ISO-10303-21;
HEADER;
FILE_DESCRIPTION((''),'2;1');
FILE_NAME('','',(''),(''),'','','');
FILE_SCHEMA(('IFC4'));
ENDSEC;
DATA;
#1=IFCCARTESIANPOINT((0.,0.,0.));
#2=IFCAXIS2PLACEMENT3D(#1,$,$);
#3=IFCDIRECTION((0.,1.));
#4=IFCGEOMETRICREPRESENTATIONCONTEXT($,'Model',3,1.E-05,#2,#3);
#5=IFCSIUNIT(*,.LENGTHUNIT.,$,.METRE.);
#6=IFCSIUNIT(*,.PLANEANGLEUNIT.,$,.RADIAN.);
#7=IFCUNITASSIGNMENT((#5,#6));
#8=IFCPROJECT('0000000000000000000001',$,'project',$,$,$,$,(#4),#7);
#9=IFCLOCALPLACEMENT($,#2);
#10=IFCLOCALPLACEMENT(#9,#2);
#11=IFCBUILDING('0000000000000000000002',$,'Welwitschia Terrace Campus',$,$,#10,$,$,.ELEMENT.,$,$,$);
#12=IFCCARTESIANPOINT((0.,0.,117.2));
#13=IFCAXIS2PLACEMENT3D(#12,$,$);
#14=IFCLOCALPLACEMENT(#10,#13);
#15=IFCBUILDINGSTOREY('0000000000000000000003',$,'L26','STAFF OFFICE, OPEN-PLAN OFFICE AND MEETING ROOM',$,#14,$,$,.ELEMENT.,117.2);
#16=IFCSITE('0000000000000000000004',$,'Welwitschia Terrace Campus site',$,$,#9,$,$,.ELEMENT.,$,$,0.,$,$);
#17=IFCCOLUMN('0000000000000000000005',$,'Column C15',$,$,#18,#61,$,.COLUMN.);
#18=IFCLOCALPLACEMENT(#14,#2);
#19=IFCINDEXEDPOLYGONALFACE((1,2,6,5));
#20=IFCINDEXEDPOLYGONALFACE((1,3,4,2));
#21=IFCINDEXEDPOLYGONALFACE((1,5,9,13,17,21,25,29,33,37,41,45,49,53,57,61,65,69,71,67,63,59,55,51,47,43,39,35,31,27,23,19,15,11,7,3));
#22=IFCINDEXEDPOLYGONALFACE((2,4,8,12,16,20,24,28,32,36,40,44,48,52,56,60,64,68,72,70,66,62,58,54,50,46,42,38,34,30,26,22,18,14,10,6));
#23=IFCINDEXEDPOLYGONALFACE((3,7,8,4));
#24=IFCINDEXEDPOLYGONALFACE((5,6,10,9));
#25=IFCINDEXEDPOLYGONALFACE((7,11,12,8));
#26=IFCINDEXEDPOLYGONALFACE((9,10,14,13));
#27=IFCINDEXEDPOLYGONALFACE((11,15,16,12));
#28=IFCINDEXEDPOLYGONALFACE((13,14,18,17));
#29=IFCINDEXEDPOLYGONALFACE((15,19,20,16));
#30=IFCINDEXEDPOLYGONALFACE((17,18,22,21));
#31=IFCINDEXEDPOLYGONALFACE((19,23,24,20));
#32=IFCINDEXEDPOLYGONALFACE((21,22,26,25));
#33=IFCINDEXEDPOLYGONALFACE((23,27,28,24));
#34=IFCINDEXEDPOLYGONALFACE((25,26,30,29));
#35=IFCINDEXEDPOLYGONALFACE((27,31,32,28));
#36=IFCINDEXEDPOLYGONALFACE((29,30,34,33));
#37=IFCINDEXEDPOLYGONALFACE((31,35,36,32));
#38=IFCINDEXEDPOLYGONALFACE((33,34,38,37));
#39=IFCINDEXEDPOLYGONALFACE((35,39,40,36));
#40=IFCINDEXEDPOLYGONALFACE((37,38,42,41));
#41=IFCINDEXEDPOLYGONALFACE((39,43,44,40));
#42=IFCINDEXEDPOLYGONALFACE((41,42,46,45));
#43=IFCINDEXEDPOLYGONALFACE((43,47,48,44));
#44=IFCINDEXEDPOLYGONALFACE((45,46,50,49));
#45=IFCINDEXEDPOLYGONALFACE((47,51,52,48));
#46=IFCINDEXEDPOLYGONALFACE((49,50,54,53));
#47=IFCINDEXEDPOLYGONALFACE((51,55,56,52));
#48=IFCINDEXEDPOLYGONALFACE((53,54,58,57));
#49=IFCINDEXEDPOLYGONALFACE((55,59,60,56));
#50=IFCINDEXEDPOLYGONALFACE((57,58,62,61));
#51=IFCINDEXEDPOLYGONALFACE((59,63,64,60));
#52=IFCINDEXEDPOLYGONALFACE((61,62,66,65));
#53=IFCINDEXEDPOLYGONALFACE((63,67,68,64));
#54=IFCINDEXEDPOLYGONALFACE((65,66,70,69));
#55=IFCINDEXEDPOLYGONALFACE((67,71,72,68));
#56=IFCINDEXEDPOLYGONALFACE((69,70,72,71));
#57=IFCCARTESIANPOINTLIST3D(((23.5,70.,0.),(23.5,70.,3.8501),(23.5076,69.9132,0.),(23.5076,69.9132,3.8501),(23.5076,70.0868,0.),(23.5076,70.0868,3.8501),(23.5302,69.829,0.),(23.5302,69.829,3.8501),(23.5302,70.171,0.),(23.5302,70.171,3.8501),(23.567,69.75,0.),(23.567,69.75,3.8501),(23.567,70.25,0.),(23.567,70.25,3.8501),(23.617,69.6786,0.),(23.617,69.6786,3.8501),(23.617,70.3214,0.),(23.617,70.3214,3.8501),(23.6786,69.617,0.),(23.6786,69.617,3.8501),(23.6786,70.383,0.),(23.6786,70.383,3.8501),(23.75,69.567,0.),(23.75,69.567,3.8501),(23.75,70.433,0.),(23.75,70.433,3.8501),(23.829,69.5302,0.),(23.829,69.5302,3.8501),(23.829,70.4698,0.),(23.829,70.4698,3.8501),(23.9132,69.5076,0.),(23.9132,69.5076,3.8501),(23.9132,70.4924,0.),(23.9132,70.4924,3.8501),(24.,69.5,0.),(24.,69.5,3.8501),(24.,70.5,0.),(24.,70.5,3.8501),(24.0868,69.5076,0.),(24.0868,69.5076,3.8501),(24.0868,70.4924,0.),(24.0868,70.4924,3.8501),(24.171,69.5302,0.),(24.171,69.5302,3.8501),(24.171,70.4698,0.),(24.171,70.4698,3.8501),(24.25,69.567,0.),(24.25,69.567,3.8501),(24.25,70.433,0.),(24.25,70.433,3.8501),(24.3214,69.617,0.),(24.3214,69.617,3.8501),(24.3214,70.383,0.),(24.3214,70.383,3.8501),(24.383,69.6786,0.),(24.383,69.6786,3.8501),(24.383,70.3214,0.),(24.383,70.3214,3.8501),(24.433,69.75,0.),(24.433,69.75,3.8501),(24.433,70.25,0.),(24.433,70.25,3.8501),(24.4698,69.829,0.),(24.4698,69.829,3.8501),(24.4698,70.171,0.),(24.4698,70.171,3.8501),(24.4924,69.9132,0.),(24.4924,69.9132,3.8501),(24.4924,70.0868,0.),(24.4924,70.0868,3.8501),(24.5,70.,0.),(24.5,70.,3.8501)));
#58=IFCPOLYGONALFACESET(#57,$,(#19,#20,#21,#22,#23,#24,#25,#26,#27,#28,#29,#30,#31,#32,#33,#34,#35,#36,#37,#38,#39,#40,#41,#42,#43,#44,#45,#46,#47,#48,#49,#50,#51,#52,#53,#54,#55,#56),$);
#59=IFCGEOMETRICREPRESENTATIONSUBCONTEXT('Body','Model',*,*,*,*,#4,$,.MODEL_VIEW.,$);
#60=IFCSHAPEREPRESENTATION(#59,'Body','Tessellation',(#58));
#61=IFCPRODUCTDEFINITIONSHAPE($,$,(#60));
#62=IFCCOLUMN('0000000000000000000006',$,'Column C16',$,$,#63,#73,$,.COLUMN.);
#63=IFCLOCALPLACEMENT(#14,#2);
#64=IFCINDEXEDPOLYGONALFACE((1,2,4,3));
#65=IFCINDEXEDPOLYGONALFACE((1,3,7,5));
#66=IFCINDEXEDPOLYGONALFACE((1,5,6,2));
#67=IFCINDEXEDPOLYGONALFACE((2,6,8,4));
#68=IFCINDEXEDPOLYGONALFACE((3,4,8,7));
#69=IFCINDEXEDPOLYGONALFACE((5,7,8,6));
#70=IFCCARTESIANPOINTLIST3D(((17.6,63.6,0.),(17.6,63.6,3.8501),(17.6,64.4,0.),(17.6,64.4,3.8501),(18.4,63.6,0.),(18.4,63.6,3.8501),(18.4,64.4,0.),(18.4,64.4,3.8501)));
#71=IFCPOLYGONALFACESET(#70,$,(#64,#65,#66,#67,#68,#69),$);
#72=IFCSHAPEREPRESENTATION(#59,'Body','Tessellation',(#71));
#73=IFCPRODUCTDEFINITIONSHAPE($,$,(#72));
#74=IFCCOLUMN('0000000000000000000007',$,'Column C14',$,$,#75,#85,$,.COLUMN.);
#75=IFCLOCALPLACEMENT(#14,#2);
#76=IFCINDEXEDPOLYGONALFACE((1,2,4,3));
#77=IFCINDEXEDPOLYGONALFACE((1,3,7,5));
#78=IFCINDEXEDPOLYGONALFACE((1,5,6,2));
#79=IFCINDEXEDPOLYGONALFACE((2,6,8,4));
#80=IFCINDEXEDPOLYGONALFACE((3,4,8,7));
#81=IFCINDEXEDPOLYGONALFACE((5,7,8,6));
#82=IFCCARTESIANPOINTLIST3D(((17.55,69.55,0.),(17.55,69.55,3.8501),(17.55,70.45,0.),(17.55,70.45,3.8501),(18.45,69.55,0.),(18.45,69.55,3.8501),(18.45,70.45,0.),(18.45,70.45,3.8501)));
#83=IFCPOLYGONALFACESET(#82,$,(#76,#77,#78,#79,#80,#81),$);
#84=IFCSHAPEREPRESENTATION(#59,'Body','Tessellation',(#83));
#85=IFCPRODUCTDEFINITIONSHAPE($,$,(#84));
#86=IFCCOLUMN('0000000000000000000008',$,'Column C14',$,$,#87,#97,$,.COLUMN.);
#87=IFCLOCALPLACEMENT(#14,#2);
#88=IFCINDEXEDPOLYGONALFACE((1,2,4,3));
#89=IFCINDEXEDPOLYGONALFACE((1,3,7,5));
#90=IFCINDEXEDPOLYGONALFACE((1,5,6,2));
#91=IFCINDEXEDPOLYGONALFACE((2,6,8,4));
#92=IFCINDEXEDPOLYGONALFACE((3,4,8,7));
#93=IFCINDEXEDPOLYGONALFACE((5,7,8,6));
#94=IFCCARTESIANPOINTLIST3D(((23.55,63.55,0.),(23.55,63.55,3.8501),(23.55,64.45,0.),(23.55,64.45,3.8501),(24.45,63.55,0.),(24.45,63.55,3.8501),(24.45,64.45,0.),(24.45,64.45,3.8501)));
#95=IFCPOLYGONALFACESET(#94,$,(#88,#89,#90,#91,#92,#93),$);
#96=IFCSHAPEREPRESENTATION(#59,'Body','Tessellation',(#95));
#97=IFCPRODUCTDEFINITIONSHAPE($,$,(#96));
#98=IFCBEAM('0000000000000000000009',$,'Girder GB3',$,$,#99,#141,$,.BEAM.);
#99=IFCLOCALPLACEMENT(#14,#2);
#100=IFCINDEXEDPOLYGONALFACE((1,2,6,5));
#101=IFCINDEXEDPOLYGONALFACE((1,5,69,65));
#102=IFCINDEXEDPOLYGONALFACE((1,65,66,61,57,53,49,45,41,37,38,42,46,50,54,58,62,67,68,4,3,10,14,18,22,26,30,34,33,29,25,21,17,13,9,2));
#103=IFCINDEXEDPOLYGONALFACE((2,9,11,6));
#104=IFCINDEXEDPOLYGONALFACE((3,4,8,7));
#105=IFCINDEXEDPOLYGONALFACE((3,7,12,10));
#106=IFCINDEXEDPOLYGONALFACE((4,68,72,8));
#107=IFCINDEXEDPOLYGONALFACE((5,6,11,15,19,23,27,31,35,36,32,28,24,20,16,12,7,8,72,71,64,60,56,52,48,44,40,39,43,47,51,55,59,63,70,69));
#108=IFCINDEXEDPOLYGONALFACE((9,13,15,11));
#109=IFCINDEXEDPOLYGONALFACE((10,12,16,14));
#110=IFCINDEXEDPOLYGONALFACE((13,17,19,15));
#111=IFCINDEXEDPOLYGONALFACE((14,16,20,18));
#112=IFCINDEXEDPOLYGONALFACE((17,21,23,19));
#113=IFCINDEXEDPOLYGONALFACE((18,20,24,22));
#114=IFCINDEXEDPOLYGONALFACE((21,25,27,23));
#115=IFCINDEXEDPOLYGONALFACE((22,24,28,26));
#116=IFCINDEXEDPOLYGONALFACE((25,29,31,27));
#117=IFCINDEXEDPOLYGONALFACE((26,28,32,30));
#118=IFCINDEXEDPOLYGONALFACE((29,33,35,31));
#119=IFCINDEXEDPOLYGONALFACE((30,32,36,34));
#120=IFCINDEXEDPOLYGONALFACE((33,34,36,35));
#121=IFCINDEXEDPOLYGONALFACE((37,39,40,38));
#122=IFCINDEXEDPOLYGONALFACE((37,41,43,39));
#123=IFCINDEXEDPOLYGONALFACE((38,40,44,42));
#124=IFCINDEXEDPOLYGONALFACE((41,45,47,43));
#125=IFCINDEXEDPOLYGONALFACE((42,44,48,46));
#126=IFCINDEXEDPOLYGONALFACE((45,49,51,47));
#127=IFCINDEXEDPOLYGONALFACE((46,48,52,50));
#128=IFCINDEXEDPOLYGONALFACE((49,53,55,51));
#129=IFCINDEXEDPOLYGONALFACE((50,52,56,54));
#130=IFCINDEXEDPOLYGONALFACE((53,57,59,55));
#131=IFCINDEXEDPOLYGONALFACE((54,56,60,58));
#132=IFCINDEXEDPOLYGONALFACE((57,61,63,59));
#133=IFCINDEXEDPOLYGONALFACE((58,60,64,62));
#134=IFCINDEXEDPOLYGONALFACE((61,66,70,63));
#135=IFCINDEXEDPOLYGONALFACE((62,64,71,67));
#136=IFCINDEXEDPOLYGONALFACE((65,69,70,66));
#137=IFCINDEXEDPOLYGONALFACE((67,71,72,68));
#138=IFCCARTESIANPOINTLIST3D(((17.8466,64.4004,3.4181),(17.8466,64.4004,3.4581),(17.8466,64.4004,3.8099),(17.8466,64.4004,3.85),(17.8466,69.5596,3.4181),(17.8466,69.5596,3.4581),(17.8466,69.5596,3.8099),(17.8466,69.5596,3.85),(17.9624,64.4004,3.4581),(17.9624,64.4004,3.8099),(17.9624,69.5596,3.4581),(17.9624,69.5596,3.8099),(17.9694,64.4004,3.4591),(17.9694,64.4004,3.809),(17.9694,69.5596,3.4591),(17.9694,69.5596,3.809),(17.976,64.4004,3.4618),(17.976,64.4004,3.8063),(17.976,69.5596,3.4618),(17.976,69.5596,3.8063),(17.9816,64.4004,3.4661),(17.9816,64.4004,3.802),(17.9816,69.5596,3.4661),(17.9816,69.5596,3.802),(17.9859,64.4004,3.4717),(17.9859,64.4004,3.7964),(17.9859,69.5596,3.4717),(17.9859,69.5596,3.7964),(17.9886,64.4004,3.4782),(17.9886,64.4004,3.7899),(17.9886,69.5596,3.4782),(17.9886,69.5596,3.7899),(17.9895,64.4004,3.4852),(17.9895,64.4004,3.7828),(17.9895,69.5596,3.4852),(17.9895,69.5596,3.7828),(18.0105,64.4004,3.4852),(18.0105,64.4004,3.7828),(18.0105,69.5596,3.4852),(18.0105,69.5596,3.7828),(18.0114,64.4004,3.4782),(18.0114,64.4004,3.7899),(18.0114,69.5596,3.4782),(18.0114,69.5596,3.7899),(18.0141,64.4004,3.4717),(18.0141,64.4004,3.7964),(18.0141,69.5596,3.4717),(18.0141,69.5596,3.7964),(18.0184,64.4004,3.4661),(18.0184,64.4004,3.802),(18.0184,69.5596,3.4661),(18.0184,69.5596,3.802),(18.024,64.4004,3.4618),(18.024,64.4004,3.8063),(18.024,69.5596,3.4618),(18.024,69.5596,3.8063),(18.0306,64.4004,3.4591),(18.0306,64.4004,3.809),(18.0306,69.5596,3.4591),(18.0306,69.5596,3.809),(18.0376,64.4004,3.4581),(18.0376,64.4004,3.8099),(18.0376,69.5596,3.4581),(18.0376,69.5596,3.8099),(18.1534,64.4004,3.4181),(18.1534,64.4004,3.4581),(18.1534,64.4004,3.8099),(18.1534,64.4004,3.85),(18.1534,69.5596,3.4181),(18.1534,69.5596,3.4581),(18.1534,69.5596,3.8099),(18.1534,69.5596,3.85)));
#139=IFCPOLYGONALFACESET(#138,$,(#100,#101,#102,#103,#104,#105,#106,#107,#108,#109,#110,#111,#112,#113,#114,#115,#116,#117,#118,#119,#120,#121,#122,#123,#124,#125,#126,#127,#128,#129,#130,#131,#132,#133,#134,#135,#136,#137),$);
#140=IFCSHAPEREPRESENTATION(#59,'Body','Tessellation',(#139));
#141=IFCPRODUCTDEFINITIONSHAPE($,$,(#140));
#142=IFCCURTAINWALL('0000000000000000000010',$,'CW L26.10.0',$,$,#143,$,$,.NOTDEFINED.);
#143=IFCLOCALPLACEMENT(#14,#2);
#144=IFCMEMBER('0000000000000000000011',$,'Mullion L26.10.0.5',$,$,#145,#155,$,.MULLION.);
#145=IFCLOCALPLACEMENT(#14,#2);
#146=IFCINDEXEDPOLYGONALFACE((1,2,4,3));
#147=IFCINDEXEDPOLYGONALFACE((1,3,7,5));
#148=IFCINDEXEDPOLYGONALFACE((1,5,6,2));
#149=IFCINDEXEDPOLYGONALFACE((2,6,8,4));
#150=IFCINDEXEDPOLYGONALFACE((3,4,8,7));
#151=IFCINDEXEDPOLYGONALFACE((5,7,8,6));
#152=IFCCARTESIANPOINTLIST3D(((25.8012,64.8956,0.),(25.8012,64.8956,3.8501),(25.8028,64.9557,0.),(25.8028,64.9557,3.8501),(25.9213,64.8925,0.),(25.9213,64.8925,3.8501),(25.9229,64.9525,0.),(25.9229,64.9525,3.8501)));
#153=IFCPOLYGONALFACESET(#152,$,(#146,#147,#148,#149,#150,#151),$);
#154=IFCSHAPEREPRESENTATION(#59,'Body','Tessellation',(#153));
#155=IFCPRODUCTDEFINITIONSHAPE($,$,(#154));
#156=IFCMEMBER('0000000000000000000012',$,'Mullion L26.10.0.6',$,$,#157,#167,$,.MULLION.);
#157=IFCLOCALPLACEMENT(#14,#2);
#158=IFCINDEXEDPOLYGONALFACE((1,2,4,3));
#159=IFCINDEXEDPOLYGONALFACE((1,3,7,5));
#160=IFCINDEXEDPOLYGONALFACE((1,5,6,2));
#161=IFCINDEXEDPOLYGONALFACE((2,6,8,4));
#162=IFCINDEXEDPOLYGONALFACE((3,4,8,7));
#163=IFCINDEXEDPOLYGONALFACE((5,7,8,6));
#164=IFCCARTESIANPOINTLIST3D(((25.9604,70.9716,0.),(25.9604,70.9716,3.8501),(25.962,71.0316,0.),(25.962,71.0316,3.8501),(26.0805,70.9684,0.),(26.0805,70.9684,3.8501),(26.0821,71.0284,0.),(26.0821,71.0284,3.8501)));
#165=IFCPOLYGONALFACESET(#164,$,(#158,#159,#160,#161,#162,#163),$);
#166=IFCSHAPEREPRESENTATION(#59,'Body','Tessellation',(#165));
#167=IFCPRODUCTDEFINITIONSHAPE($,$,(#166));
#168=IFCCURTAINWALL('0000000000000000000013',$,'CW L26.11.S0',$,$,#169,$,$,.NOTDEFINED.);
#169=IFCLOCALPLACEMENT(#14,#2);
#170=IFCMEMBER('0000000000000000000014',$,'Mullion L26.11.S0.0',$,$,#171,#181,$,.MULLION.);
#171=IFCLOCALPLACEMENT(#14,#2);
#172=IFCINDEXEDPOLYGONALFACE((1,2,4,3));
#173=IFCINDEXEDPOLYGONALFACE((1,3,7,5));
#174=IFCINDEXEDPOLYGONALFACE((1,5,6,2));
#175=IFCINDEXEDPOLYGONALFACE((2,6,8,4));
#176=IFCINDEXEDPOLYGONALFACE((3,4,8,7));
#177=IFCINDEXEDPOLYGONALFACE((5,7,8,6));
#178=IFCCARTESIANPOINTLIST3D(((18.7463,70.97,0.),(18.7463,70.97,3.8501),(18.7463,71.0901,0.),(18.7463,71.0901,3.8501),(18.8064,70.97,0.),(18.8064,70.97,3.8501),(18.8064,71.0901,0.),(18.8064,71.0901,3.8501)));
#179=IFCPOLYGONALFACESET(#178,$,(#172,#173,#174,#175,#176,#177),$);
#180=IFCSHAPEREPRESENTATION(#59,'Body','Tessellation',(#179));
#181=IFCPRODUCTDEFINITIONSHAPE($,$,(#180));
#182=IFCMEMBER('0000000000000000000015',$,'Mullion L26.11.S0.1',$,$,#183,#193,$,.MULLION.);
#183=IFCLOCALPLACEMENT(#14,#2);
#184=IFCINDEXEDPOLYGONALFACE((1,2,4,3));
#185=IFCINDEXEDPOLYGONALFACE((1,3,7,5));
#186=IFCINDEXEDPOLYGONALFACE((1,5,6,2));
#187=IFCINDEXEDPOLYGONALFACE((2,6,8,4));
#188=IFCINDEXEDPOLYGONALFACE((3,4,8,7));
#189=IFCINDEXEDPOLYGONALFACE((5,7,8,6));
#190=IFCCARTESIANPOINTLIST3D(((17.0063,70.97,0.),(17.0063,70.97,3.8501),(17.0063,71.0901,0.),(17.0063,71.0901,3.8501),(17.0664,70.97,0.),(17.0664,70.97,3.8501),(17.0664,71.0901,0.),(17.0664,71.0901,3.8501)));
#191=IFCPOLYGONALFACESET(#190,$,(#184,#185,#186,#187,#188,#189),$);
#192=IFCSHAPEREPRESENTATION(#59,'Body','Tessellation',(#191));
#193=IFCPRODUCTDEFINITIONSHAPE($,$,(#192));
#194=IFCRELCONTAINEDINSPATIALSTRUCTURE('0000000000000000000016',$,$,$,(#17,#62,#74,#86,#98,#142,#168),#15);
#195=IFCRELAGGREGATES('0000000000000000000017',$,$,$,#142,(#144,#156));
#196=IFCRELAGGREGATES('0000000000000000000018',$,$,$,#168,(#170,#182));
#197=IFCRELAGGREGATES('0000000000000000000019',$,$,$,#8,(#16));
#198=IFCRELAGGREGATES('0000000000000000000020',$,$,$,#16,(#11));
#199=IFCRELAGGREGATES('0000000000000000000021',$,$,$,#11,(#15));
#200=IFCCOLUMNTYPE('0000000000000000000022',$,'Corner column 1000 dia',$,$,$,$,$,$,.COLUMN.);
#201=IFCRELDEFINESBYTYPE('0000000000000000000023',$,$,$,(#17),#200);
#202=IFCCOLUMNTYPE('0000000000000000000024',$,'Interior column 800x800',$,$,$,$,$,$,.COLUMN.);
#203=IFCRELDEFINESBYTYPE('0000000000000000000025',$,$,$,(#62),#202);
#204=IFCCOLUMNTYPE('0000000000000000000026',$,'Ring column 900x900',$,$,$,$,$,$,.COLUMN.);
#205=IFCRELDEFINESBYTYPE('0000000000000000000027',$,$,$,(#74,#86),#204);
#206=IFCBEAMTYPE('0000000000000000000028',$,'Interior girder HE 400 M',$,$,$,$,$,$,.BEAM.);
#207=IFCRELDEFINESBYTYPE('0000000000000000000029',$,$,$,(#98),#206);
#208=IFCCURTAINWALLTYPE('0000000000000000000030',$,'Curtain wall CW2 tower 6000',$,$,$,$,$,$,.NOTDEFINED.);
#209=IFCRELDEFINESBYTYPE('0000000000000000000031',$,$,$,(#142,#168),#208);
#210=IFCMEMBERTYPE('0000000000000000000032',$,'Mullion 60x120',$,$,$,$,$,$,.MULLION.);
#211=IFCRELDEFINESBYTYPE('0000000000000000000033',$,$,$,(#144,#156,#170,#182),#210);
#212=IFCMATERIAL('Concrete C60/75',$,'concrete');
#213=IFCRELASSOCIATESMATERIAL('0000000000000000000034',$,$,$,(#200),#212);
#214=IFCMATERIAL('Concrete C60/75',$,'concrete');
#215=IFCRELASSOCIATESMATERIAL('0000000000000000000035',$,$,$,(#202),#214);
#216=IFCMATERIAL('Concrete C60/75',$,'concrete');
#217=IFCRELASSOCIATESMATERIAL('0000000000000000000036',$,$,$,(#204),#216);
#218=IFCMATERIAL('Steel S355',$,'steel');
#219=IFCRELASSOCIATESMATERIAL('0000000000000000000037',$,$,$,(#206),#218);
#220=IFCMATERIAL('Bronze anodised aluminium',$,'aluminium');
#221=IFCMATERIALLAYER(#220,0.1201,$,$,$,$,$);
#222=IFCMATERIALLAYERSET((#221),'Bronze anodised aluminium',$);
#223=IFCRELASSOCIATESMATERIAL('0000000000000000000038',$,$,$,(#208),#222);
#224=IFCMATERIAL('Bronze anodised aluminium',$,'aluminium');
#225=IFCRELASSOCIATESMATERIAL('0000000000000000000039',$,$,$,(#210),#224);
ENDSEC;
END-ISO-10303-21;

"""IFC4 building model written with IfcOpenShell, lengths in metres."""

from ifc_helpers import new_model, si_unit, direction, frame, origin, origin_2d, place, context, subcontext, project, spatial, rectangle, circle, i_section, extrude, material, layer, layer_set, material_profile, profile_set, type_object, element, aggregate, save


model = new_model("IFC4")

# Units and contexts
model_context = context("Model", 3, precision=1e-05, world=origin(), true_north=direction((0.0, 1.0)))
body_context = subcontext(model_context, "Body", "Model", "MODEL_VIEW")
ifc_project = project(units=[si_unit("LENGTHUNIT", "METRE"), si_unit("PLANEANGLEUNIT", "RADIAN")], contexts=[model_context])

# Site, building, storey
site_placement = place(None, origin())
site = spatial("IfcSite", under=ifc_project, at=site_placement, Name="Welwitschia Terrace Campus site", CompositionType="ELEMENT", RefElevation=0.0)
building_placement = place(site_placement, origin())
building = spatial("IfcBuilding", under=site, at=building_placement, Name="Welwitschia Terrace Campus", CompositionType="ELEMENT")
storey_placement = place(building_placement, frame((0.0, 0.0, 117.2)))
storey = spatial("IfcBuildingStorey", under=building, at=storey_placement, Name="L26", Description="STAFF OFFICE, OPEN-PLAN OFFICE AND MEETING ROOM", CompositionType="ELEMENT", Elevation=117.2)

# Columns
ifc_material_1 = material(Name="Concrete C60/75", Category="concrete")
ifc_material_profile_1 = material_profile(ifc_material_1, circle(Radius=0.5, at=origin_2d()))
ifc_profile_set_1 = profile_set([ifc_material_profile_1], Name="Concrete C60/75")
column_type_1 = type_object("IfcColumnType", Name="Corner column 1000 dia", PredefinedType="COLUMN", material=ifc_profile_set_1)
column_1_placement = place(storey_placement, frame((24.0, 70.0, 0.0), z_axis=(0.0, 0.0, 1.0), x_axis=(1.0, 0.0, 0.0)))
element("IfcColumn", 1, at=column_1_placement, inside=storey, type_object=column_type_1, Name="Column C15", PredefinedType="COLUMN", context=body_context, shape_type="SweptSolid", body=[
    extrude(circle(Radius=0.5, at=origin_2d()), origin(), (0.0, 0.0, 1.0), 3.8501),
])
ifc_material_2 = material(Name="Concrete C60/75", Category="concrete")
ifc_material_profile_2 = material_profile(ifc_material_2, rectangle(XDim=0.8, YDim=0.8, at=origin_2d()))
ifc_profile_set_2 = profile_set([ifc_material_profile_2], Name="Concrete C60/75")
column_type_2 = type_object("IfcColumnType", Name="Interior column 800x800", PredefinedType="COLUMN", material=ifc_profile_set_2)
column_2_placement = place(storey_placement, frame((18.0, 64.0, 0.0), z_axis=(0.0, 0.0, 1.0), x_axis=(1.0, 0.0, 0.0)))
element("IfcColumn", 2, at=column_2_placement, inside=storey, type_object=column_type_2, Name="Column C16", PredefinedType="COLUMN", context=body_context, shape_type="SweptSolid", body=[
    extrude(rectangle(XDim=0.8, YDim=0.8, at=origin_2d()), origin(), (0.0, 0.0, 1.0), 3.8501),
])
ifc_material_3 = material(Name="Concrete C60/75", Category="concrete")
ifc_material_profile_3 = material_profile(ifc_material_3, rectangle(XDim=0.8999, YDim=0.8999, at=origin_2d()))
ifc_profile_set_3 = profile_set([ifc_material_profile_3], Name="Concrete C60/75")
column_type_3 = type_object("IfcColumnType", Name="Ring column 900x900", PredefinedType="COLUMN", material=ifc_profile_set_3)
for number, where, z_axis, x_axis, name in (
    (3, (18.0, 70.0, 0.0), (0.0, 0.0, 1.0), (1.0, 0.0, 0.0), "Column C14"),
    (4, (24.0, 64.0, 0.0), (0.0, 0.0, 1.0), (1.0, 0.0, 0.0), "Column C14"),
):
    element("IfcColumn", number, at=place(storey_placement, frame(where, z_axis=z_axis, x_axis=x_axis)), inside=storey, type_object=column_type_3, Name=name, PredefinedType="COLUMN", context=body_context, shape_type="SweptSolid", body=[
        extrude(rectangle(XDim=0.8999, YDim=0.8999, at=origin_2d()), origin(), (0.0, 0.0, 1.0), 3.8501),
    ])

# Beam
ifc_material_4 = material(Name="Steel S355", Category="steel")
ifc_material_profile_4 = material_profile(ifc_material_4, i_section(OverallWidth=0.3069, OverallDepth=0.4319, WebThickness=0.021, FlangeThickness=0.04, FilletRadius=0.0271, at=origin_2d()))
ifc_profile_set_4 = profile_set([ifc_material_profile_4], Name="Steel S355")
beam_type_1 = type_object("IfcBeamType", Name="Interior girder HE 400 M", PredefinedType="BEAM", material=ifc_profile_set_4)
beam_1_placement = place(storey_placement, frame((18.0, 64.4004, 3.634), z_axis=(0.0, 1.0, 0.0), x_axis=(-1.0, 0.0, 0.0)))
element("IfcBeam", 5, at=beam_1_placement, inside=storey, type_object=beam_type_1, Name="Girder GB3", PredefinedType="BEAM", context=body_context, shape_type="SweptSolid", body=[
    extrude(i_section(OverallWidth=0.3069, OverallDepth=0.4319, WebThickness=0.021, FlangeThickness=0.04, FilletRadius=0.0271, at=origin_2d()), origin(), (0.0, 0.0, 1.0), 5.1592),
])

# Curtain walls, members
ifc_material_5 = material(Name="Bronze anodised aluminium", Category="aluminium")
ifc_layer_1 = layer(ifc_material_5, 0.1201)
ifc_layer_set_1 = layer_set([ifc_layer_1], Name="Bronze anodised aluminium")
curtain_wall_type = type_object("IfcCurtainWallType", Name="Curtain wall CW2 tower 6000", PredefinedType="NOTDEFINED", material=ifc_layer_set_1)
curtain_wall_1_placement = place(storey_placement, origin())
curtain_wall_1 = element("IfcCurtainWall", 6, at=curtain_wall_1_placement, inside=storey, type_object=curtain_wall_type, Name="CW L26.10.0", PredefinedType="NOTDEFINED")
ifc_material_6 = material(Name="Bronze anodised aluminium", Category="aluminium")
ifc_material_profile_5 = material_profile(ifc_material_6, rectangle(XDim=0.1201, YDim=0.0601, at=origin_2d()))
ifc_profile_set_5 = profile_set([ifc_material_profile_5], Name="Bronze anodised aluminium")
member_type_1 = type_object("IfcMemberType", Name="Mullion 60x120", PredefinedType="MULLION", material=ifc_profile_set_5)
member_1_placement = place(storey_placement, frame((25.8621, 64.9241, 0.0), z_axis=(0.0, 0.0, 1.0), x_axis=(-0.999657, 0.026177, 0.0)))
member_1 = element("IfcMember", 7, at=member_1_placement, type_object=member_type_1, Name="Mullion L26.10.0.5", PredefinedType="MULLION", context=body_context, shape_type="SweptSolid", body=[
    extrude(rectangle(XDim=0.1201, YDim=0.0601, at=origin_2d()), origin(), (0.0, 0.0, 1.0), 3.8501),
])
member_2_placement = place(storey_placement, frame((26.0212, 71.0, 0.0), z_axis=(0.0, 0.0, 1.0), x_axis=(-0.999657, 0.026177, 0.0)))
member_2 = element("IfcMember", 8, at=member_2_placement, type_object=member_type_1, Name="Mullion L26.10.0.6", PredefinedType="MULLION", context=body_context, shape_type="SweptSolid", body=[
    extrude(rectangle(XDim=0.1201, YDim=0.0601, at=origin_2d()), origin(), (0.0, 0.0, 1.0), 3.8501),
])
curtain_wall_2_placement = place(storey_placement, origin())
curtain_wall_2 = element("IfcCurtainWall", 9, at=curtain_wall_2_placement, inside=storey, type_object=curtain_wall_type, Name="CW L26.11.S0", PredefinedType="NOTDEFINED")
member_3_placement = place(storey_placement, frame((18.7764, 71.03, 0.0), z_axis=(0.0, 0.0, 1.0), x_axis=(0.0, -1.0, 0.0)))
member_3 = element("IfcMember", 10, at=member_3_placement, type_object=member_type_1, Name="Mullion L26.11.S0.0", PredefinedType="MULLION", context=body_context, shape_type="SweptSolid", body=[
    extrude(rectangle(XDim=0.1201, YDim=0.0601, at=origin_2d()), origin(), (0.0, 0.0, 1.0), 3.8501),
])
member_4_placement = place(storey_placement, frame((17.0364, 71.03, 0.0), z_axis=(0.0, 0.0, 1.0), x_axis=(0.0, -1.0, 0.0)))
member_4 = element("IfcMember", 11, at=member_4_placement, type_object=member_type_1, Name="Mullion L26.11.S0.1", PredefinedType="MULLION", context=body_context, shape_type="SweptSolid", body=[
    extrude(rectangle(XDim=0.1201, YDim=0.0601, at=origin_2d()), origin(), (0.0, 0.0, 1.0), 3.8501),
])

aggregate(curtain_wall_1, [member_1, member_2])
aggregate(curtain_wall_2, [member_3, member_4])

save(model, "model.ifc")
